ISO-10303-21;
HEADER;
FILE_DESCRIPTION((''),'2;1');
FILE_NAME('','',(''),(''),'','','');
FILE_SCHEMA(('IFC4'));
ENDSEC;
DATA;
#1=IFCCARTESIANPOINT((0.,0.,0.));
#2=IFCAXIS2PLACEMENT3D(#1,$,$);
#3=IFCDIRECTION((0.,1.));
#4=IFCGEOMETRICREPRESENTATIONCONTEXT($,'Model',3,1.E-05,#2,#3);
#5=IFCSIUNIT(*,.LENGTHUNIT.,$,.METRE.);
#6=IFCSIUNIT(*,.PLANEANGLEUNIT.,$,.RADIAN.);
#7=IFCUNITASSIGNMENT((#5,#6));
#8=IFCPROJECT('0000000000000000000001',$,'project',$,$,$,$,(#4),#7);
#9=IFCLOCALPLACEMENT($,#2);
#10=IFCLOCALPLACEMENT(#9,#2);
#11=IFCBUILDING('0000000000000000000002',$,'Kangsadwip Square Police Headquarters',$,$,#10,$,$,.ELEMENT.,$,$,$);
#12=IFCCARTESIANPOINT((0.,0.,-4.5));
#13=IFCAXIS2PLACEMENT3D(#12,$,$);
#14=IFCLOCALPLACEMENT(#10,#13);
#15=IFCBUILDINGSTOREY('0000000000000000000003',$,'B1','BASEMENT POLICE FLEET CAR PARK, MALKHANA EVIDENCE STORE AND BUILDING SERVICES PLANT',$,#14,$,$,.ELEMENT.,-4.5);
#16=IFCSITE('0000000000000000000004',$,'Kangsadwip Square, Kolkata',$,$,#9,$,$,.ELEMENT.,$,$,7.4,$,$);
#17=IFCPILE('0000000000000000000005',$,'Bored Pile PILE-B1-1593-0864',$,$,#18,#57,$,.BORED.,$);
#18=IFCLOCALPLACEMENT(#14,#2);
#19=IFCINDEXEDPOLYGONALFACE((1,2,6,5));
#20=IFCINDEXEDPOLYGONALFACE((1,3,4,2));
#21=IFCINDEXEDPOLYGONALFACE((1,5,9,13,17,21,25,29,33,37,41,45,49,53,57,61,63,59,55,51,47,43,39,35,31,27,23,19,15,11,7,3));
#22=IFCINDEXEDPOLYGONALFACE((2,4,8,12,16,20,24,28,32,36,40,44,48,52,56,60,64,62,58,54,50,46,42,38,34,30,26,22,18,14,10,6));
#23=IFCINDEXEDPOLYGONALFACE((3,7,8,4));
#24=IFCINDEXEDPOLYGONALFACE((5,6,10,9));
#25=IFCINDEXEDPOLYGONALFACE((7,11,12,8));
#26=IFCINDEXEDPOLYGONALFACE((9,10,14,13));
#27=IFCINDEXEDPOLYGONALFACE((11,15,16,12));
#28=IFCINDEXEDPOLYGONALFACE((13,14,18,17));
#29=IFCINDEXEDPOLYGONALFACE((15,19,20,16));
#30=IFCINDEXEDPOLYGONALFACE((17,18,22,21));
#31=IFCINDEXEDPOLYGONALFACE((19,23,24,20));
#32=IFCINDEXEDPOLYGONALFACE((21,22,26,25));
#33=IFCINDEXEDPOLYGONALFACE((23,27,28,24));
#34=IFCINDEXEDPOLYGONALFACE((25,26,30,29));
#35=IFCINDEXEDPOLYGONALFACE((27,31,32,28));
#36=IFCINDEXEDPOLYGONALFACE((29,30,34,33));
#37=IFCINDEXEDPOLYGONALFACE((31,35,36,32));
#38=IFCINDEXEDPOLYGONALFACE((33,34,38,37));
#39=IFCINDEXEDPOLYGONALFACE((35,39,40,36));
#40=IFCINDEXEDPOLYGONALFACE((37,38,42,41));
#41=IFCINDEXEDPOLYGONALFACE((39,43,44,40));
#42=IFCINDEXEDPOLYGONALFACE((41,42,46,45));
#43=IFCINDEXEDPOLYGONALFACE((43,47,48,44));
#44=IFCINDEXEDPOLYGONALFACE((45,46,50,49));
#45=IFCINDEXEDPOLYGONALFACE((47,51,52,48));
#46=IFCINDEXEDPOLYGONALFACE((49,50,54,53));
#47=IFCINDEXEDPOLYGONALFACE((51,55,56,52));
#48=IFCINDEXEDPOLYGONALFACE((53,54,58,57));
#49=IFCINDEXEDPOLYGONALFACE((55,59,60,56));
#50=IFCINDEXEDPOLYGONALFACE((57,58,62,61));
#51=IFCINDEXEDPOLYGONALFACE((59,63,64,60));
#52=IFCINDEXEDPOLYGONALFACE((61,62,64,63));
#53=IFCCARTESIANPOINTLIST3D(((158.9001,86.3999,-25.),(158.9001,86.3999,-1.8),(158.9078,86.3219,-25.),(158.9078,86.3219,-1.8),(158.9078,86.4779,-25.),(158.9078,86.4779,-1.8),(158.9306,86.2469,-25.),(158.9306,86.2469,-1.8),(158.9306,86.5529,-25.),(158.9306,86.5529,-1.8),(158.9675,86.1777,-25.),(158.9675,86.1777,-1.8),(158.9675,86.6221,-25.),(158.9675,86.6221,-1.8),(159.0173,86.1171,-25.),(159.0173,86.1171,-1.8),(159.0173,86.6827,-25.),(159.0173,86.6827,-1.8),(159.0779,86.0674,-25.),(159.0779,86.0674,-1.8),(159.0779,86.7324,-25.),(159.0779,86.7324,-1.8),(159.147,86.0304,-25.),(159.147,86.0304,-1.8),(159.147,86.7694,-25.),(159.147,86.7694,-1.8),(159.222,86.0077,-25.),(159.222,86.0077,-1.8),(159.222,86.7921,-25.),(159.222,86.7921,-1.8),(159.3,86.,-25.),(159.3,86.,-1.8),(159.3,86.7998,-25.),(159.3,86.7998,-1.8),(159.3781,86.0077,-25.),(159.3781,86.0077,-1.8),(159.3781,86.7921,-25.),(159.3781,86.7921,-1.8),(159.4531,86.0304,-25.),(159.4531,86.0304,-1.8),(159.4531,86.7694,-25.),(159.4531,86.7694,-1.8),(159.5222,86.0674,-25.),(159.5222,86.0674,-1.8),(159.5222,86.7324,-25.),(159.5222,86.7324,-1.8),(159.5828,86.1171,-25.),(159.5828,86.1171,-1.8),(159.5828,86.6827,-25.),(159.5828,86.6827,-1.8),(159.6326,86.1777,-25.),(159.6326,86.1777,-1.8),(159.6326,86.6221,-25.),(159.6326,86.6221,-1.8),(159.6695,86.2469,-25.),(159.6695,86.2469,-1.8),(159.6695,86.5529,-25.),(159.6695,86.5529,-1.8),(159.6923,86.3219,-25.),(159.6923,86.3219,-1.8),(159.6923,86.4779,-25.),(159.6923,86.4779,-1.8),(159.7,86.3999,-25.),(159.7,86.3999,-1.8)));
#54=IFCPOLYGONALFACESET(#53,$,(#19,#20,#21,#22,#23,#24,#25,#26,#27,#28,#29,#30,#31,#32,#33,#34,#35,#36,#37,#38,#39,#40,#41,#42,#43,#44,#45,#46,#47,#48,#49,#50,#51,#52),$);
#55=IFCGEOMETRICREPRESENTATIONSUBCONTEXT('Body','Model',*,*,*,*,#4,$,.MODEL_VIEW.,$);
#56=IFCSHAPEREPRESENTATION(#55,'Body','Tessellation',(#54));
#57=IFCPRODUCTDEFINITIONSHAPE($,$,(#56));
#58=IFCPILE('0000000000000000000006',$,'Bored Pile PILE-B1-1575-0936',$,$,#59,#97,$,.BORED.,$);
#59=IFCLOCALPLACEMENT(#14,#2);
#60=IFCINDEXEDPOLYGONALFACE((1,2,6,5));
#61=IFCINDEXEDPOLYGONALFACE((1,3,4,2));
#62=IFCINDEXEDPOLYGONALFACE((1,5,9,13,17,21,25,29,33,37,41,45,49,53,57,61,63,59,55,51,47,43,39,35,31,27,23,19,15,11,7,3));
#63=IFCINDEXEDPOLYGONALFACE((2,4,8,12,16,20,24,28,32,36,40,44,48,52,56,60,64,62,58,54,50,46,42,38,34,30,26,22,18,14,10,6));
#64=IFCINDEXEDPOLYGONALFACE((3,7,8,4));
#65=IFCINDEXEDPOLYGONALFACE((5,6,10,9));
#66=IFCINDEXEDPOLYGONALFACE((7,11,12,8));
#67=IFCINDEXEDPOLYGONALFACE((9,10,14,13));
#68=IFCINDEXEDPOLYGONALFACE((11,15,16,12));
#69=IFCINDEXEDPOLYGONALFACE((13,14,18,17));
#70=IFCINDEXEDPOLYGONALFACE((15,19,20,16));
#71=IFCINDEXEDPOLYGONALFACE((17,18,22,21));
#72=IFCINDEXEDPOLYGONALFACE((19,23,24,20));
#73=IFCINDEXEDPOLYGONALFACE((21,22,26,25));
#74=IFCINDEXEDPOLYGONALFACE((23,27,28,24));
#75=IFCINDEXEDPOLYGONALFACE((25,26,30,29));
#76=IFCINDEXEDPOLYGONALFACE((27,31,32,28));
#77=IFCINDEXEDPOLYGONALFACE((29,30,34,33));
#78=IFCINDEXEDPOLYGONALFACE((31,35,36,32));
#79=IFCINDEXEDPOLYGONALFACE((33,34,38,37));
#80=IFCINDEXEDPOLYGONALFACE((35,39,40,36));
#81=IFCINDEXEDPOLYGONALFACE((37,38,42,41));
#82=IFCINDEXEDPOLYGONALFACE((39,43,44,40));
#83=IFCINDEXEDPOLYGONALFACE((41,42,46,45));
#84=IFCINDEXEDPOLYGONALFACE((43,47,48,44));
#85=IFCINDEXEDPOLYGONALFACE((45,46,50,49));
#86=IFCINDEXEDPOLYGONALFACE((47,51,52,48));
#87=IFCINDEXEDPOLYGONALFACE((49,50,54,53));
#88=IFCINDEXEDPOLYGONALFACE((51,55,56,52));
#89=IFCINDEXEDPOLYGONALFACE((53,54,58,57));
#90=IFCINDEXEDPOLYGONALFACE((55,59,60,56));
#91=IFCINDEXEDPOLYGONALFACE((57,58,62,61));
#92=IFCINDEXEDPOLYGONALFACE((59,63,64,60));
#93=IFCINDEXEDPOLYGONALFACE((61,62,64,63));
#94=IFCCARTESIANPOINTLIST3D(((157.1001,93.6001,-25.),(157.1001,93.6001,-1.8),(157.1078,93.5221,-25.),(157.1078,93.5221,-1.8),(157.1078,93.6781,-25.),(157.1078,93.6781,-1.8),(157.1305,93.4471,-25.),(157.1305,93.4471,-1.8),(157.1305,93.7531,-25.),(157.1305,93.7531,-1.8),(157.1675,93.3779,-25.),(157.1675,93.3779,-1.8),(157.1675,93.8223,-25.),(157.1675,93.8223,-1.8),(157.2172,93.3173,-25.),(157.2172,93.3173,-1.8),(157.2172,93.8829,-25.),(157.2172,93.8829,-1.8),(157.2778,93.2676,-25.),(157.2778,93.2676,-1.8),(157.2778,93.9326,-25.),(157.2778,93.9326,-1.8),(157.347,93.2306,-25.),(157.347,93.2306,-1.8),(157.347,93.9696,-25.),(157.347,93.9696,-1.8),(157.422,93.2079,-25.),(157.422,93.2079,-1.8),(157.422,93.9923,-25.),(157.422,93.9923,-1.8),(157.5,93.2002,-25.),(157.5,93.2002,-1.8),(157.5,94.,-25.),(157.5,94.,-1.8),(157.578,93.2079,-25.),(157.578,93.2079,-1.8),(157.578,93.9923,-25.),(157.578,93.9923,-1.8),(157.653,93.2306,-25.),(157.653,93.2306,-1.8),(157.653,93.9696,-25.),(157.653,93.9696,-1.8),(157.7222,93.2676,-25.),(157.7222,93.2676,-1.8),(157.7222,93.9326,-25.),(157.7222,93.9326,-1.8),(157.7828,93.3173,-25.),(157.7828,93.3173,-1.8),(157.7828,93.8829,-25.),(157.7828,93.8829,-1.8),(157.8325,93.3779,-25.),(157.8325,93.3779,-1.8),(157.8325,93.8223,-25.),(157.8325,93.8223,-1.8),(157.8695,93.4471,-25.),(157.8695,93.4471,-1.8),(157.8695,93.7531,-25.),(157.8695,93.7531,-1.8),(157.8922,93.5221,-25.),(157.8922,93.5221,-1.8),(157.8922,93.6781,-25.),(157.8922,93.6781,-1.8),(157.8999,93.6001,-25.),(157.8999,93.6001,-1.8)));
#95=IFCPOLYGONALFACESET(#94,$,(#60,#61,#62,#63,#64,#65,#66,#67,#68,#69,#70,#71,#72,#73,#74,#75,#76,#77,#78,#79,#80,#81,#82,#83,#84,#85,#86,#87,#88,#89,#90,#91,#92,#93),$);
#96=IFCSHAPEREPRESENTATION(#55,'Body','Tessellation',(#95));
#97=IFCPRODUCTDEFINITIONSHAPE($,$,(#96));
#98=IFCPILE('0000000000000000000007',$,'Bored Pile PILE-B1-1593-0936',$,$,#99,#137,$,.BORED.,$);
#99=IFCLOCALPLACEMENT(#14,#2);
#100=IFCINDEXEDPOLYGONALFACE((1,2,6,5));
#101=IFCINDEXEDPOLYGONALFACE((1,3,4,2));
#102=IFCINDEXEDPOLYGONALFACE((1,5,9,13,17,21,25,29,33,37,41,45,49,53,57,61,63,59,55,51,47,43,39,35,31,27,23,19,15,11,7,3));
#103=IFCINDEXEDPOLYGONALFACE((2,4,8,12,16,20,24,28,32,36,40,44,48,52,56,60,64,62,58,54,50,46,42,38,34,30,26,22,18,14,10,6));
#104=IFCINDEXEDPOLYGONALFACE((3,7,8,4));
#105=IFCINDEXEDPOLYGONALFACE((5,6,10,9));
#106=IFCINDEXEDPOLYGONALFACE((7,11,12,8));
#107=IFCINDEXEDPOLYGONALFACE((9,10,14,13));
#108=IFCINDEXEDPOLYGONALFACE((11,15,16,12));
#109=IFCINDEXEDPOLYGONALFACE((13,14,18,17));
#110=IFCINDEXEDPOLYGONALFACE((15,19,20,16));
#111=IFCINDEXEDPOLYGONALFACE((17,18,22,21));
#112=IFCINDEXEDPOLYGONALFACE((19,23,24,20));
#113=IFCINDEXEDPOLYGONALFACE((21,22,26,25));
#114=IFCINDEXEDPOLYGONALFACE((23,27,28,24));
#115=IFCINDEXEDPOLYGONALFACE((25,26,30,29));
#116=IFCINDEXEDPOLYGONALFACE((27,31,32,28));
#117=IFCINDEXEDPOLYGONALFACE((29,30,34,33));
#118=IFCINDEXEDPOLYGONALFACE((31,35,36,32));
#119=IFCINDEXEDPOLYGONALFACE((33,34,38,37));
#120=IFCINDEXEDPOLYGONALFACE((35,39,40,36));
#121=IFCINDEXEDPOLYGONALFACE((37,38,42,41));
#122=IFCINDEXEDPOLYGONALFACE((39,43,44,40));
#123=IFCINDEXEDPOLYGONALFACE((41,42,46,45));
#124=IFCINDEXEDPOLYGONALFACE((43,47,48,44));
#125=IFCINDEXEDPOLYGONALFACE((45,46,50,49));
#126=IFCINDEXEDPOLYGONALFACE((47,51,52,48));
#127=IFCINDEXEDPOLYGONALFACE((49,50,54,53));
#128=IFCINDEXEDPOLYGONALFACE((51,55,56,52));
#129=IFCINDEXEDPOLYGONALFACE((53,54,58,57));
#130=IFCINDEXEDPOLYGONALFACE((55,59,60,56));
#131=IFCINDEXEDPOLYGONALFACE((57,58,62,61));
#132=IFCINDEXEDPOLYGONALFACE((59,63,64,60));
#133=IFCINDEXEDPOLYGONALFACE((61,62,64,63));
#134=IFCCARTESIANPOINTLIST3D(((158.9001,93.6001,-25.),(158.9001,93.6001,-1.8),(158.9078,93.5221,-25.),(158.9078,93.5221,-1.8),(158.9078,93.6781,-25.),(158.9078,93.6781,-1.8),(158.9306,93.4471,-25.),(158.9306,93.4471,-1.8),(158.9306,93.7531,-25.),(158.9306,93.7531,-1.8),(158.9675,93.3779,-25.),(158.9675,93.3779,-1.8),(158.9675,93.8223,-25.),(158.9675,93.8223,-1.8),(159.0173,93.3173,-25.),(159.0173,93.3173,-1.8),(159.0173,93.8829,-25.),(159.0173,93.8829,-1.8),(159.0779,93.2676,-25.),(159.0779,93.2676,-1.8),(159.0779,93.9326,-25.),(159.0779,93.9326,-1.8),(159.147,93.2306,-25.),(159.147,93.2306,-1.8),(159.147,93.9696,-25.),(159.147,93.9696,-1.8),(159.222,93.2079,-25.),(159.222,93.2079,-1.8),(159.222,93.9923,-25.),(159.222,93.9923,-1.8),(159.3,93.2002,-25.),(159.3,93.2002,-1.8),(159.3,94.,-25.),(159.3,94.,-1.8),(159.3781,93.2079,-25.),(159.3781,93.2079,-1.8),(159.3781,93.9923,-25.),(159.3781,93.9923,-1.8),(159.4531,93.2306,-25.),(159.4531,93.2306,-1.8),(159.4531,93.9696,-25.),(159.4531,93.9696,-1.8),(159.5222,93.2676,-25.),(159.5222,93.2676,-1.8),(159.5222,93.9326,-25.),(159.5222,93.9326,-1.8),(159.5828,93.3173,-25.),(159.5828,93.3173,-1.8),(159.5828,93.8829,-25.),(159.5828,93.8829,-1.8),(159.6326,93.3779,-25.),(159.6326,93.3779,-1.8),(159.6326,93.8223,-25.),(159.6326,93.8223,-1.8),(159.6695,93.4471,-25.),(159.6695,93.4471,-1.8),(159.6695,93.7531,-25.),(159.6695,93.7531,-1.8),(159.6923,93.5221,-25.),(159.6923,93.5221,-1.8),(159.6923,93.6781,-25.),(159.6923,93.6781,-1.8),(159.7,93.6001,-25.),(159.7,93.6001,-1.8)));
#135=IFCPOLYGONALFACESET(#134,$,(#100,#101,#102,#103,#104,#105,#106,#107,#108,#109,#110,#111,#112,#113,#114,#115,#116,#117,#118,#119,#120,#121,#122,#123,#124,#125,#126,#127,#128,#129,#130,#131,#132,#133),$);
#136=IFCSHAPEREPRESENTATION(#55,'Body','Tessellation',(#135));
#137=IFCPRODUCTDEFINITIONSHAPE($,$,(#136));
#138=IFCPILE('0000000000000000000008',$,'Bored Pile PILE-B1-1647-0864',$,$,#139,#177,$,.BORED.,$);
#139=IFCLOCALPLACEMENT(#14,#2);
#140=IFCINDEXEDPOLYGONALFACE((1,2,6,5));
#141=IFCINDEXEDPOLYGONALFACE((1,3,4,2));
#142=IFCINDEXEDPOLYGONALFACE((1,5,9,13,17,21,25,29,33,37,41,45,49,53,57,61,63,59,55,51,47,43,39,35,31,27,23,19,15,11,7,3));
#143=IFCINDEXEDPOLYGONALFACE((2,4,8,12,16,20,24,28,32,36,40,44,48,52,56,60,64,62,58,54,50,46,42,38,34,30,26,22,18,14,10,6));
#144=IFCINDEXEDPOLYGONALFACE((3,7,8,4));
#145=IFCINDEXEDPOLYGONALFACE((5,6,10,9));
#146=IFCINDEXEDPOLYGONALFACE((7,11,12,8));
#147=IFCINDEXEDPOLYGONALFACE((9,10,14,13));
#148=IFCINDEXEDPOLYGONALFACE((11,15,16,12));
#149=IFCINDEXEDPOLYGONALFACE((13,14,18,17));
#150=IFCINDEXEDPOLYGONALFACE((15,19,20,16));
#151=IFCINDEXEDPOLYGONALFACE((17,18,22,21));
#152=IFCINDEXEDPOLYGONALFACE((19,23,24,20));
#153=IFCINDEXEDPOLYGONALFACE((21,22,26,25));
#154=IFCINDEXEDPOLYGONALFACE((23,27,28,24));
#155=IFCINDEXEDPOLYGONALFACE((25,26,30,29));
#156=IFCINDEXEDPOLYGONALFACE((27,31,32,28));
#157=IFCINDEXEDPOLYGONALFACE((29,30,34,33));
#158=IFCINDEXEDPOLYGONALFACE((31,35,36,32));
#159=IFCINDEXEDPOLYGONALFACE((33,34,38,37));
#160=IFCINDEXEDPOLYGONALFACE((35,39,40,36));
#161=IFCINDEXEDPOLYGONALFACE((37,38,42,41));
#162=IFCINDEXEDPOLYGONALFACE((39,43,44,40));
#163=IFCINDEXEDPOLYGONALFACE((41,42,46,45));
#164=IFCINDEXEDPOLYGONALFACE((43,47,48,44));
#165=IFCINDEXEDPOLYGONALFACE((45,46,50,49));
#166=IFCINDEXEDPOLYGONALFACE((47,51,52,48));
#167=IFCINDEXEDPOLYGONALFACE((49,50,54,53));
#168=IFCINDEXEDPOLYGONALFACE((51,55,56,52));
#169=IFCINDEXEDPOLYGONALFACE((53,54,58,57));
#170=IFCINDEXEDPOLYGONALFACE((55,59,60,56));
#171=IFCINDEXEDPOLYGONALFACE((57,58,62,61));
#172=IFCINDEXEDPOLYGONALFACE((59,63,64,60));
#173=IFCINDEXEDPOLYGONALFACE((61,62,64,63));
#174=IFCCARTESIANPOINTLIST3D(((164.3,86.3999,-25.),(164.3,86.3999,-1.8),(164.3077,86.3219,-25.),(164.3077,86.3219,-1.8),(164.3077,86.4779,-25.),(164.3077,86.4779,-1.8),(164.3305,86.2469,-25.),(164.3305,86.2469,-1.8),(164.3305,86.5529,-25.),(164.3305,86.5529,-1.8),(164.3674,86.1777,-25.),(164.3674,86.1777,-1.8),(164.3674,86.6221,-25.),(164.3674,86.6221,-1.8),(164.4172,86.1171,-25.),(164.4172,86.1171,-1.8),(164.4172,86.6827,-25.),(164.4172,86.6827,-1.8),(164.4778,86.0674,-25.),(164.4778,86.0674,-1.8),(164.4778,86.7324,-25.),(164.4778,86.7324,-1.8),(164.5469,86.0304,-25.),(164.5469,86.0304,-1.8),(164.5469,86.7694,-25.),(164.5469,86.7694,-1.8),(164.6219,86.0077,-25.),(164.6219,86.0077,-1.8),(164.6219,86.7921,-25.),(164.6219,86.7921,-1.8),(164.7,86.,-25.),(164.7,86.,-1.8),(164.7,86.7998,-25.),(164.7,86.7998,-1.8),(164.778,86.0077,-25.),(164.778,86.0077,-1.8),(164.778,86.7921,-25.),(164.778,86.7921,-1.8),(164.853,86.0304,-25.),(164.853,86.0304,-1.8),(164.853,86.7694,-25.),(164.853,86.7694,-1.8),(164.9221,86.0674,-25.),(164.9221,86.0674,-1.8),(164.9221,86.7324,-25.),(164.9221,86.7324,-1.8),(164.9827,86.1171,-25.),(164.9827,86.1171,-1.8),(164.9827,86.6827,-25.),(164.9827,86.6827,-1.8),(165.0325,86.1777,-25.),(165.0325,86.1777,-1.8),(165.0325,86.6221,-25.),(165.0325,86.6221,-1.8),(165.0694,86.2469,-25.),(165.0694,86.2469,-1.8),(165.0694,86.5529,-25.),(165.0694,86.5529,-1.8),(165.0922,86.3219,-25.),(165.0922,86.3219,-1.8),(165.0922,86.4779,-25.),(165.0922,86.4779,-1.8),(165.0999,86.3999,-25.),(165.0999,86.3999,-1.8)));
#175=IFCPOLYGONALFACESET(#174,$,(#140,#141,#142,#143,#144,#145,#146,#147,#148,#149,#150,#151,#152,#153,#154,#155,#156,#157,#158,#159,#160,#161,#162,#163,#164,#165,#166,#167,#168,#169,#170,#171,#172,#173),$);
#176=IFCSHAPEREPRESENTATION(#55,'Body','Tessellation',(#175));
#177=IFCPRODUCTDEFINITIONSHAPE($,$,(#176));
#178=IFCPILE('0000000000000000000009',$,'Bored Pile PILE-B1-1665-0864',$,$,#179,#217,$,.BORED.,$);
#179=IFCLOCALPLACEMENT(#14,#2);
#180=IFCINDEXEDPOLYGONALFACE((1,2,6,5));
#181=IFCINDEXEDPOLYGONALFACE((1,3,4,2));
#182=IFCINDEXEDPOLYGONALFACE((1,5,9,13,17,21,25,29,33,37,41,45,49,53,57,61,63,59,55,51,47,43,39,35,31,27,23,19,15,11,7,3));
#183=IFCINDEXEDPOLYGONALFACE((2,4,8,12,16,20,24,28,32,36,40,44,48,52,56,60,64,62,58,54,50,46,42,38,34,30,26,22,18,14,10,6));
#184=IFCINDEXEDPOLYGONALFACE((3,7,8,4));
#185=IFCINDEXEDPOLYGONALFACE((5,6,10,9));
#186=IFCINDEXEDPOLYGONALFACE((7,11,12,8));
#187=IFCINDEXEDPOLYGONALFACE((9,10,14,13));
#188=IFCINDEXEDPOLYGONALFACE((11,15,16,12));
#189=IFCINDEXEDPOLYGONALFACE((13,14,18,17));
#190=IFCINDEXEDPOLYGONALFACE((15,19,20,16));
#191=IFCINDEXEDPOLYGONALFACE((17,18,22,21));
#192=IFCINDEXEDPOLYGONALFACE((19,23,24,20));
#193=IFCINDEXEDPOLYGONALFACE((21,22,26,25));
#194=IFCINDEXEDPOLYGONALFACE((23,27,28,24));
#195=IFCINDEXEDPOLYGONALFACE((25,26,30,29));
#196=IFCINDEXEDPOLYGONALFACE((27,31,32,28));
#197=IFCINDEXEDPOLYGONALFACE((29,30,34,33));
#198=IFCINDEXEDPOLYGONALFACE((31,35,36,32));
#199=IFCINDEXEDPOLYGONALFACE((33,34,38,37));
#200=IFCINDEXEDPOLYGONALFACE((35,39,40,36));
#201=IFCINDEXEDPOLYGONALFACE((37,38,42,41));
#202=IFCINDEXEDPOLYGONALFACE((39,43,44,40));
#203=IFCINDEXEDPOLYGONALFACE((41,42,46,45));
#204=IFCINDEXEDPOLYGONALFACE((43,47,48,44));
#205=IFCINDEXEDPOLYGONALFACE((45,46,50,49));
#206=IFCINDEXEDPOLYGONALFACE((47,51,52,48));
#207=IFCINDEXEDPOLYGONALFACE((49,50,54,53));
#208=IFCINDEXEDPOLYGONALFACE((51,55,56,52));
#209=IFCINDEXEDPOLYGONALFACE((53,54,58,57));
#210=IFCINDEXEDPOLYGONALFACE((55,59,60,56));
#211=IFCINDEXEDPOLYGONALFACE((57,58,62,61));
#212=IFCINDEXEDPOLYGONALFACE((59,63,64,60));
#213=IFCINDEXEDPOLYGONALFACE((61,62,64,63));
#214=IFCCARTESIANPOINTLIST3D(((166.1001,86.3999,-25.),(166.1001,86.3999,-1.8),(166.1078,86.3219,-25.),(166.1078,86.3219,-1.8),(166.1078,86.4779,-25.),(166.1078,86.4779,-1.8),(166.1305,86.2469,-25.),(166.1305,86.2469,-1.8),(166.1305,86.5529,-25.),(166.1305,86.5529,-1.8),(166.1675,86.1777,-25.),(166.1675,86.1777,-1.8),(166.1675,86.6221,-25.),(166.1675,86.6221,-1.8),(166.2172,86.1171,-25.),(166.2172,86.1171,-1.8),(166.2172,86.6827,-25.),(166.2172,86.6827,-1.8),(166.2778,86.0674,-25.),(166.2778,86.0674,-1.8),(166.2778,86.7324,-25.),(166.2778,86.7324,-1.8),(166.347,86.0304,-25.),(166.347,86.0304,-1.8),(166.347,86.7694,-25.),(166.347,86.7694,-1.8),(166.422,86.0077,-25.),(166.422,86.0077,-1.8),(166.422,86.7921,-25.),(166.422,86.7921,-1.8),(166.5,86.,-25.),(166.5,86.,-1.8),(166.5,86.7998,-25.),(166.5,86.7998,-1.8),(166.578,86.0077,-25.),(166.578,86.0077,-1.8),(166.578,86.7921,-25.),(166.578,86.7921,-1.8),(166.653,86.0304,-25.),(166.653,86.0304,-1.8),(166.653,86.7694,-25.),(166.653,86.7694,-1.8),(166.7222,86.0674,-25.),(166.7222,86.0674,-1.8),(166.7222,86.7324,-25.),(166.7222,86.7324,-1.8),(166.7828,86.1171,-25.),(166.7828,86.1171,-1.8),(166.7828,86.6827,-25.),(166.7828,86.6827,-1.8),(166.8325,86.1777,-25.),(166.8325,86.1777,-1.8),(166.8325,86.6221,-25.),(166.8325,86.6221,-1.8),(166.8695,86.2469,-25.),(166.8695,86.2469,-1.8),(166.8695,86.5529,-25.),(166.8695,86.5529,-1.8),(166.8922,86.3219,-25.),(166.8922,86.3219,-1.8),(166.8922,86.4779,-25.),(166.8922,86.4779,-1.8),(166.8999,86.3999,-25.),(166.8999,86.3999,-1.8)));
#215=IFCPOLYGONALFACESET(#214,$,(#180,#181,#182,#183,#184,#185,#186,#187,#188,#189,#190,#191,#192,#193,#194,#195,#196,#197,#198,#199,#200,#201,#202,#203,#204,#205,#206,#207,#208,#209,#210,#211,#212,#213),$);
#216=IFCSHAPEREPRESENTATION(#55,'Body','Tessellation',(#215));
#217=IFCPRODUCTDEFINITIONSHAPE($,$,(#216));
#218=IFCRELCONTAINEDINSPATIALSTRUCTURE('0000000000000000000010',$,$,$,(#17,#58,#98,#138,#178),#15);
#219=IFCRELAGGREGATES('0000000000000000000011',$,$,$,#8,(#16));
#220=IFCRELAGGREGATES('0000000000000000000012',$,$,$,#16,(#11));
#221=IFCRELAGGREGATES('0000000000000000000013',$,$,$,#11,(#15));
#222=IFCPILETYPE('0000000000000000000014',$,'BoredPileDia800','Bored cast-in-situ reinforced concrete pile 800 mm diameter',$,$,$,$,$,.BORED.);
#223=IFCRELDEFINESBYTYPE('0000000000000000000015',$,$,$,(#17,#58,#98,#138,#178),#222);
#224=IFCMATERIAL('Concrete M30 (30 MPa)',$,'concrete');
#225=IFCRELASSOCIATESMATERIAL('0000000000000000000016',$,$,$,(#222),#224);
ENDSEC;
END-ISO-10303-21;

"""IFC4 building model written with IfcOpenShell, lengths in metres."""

from ifc_helpers import new_model, si_unit, direction, frame, origin, origin_2d, place, context, subcontext, project, spatial, circle, extrude, material, material_profile, profile_set, type_object, element, save


model = new_model("IFC4")

# Units and contexts
model_context = context("Model", 3, precision=1e-05, world=origin(), true_north=direction((0.0, 1.0)))
body_context = subcontext(model_context, "Body", "Model", "MODEL_VIEW")
ifc_project = project(units=[si_unit("LENGTHUNIT", "METRE"), si_unit("PLANEANGLEUNIT", "RADIAN")], contexts=[model_context])

# Site, building, storey
site_placement = place(None, origin())
site = spatial("IfcSite", under=ifc_project, at=site_placement, Name="Kangsadwip Square, Kolkata", CompositionType="ELEMENT", RefElevation=7.4)
building_placement = place(site_placement, origin())
building = spatial("IfcBuilding", under=site, at=building_placement, Name="Kangsadwip Square Police Headquarters", CompositionType="ELEMENT")
storey_placement = place(building_placement, frame((0.0, 0.0, -4.5)))
storey = spatial("IfcBuildingStorey", under=building, at=storey_placement, Name="B1", Description="BASEMENT POLICE FLEET CAR PARK, MALKHANA EVIDENCE STORE AND BUILDING SERVICES PLANT", CompositionType="ELEMENT", Elevation=-4.5)

# Piles
ifc_material_1 = material(Name="Concrete M30 (30 MPa)", Category="concrete")
ifc_material_profile_1 = material_profile(ifc_material_1, circle(Radius=0.3999, at=origin_2d()), Name="PILE DIA 800")
ifc_profile_set_1 = profile_set([ifc_material_profile_1], Name="Concrete M30 (30 MPa)")
pile_type_1 = type_object("IfcPileType", Name="BoredPileDia800", Description="Bored cast-in-situ reinforced concrete pile 800 mm diameter", PredefinedType="BORED", material=ifc_profile_set_1)
for number, where, z_axis, x_axis, name in (
    (1, (159.3, 86.3999, -1.8), (0.0, 0.0, -1.0), (1.0, 0.0, 0.0), "Bored Pile PILE-B1-1593-0864"),
    (2, (157.5, 93.6001, -1.8), (0.0, 0.0, -1.0), (1.0, 0.0, 0.0), "Bored Pile PILE-B1-1575-0936"),
    (3, (159.3, 93.6001, -1.8), (0.0, 0.0, -1.0), (1.0, 0.0, 0.0), "Bored Pile PILE-B1-1593-0936"),
    (4, (164.7, 86.3999, -1.8), (0.0, 0.0, -1.0), (1.0, 0.0, 0.0), "Bored Pile PILE-B1-1647-0864"),
    (5, (166.5, 86.3999, -1.8), (0.0, 0.0, -1.0), (1.0, 0.0, 0.0), "Bored Pile PILE-B1-1665-0864"),
):
    element("IfcPile", number, at=place(storey_placement, frame(where, z_axis=z_axis, x_axis=x_axis)), inside=storey, type_object=pile_type_1, Name=name, PredefinedType="BORED", context=body_context, shape_type="SweptSolid", body=[
        extrude(circle(Radius=0.3999, at=origin_2d()), origin(), (0.0, 0.0, 1.0), 23.2),
    ])

save(model, "model.ifc")
